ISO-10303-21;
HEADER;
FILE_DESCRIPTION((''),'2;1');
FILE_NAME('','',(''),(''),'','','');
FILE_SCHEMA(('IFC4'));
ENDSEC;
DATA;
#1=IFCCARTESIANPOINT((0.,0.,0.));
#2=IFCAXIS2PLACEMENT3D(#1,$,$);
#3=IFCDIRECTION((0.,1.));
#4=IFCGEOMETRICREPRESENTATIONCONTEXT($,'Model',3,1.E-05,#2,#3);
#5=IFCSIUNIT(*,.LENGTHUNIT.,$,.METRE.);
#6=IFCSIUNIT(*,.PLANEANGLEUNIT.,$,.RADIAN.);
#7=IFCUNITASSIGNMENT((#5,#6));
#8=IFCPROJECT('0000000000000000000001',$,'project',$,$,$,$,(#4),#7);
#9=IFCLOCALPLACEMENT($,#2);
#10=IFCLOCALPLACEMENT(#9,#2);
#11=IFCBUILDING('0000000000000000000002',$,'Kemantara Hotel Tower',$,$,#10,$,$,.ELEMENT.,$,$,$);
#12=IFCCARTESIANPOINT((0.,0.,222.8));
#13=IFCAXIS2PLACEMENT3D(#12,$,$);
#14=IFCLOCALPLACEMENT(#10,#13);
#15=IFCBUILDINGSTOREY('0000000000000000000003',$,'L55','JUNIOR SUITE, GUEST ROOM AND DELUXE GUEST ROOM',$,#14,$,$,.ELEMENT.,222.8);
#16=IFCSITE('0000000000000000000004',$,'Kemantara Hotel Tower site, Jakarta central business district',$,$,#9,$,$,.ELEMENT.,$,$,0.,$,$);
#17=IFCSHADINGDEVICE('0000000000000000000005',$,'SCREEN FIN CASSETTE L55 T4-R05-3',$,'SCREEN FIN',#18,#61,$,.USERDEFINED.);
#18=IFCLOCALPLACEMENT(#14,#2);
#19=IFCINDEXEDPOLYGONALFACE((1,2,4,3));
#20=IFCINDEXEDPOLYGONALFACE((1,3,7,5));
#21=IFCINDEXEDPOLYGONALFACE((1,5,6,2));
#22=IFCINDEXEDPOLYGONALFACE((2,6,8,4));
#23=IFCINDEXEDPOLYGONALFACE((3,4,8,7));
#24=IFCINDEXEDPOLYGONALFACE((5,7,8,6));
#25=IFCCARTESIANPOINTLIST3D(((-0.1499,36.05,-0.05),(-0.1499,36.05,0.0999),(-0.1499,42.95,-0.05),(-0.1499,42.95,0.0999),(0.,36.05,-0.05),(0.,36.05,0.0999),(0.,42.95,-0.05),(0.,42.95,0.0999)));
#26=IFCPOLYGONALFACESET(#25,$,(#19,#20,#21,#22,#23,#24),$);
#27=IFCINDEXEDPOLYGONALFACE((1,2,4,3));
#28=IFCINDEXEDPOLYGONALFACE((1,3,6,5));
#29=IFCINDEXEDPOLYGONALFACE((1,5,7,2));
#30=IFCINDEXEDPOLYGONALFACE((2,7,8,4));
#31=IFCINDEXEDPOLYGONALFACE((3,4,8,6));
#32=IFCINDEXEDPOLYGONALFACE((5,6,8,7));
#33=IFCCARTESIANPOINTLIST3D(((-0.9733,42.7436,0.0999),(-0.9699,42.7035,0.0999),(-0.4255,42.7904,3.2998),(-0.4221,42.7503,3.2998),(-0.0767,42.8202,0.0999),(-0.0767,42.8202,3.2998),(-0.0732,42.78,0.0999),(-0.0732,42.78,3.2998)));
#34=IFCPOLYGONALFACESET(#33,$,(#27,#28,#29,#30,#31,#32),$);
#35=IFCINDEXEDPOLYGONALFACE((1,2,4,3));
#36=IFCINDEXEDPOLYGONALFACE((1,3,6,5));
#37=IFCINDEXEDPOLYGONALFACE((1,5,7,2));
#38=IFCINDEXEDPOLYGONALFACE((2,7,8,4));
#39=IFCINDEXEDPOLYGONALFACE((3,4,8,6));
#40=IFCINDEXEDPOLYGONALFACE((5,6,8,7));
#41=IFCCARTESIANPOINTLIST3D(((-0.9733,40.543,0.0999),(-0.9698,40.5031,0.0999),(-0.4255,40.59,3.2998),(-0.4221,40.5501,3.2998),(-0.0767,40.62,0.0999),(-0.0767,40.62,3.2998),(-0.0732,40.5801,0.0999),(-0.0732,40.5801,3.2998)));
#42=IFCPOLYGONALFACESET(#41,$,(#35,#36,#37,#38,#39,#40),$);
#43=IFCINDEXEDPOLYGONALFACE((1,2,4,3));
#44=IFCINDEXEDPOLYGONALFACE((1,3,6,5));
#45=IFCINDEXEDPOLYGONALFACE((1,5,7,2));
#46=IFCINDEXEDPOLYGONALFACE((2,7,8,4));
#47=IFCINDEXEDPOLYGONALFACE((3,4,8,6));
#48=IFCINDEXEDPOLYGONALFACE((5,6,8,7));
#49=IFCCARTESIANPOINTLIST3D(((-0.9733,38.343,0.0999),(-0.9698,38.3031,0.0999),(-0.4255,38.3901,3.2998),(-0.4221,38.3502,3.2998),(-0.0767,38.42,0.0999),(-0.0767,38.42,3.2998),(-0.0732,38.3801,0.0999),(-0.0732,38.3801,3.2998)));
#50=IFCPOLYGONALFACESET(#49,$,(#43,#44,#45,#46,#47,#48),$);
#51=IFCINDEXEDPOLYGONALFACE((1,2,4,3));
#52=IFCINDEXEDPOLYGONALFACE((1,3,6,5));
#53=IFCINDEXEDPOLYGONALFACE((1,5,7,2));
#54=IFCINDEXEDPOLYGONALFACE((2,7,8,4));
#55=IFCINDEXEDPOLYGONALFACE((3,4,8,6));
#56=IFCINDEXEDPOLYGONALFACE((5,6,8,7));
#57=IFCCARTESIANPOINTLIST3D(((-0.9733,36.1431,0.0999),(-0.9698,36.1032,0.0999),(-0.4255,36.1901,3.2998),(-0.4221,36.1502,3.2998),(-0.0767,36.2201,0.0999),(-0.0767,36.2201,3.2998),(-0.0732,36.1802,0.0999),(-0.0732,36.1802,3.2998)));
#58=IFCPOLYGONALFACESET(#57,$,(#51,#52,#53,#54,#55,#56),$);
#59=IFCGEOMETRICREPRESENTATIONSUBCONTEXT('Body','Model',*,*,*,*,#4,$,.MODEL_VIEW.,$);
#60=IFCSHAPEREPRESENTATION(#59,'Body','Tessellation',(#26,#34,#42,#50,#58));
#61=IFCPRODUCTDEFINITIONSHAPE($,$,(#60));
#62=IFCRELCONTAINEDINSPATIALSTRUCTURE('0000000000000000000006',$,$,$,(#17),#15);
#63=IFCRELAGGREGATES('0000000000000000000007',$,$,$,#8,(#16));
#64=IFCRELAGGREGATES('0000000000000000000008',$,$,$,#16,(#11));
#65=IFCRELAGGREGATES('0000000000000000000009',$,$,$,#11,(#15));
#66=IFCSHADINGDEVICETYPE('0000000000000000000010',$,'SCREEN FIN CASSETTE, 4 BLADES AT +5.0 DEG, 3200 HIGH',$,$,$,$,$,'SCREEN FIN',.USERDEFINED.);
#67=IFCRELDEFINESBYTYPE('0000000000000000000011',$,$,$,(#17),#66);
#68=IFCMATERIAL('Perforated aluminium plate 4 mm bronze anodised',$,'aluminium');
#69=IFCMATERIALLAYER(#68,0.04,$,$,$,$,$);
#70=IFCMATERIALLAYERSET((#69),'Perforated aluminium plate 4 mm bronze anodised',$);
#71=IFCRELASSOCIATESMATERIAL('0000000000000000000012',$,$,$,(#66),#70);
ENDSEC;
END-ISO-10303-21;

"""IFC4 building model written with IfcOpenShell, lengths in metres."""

from ifc_helpers import new_model, si_unit, direction, frame, origin, origin_2d, place, context, subcontext, project, spatial, polyline, rectangle, outline, extrude, source, transform, mapped, material, layer, layer_set, type_object, element, save


model = new_model("IFC4")

# Units and contexts
model_context = context("Model", 3, precision=1e-05, world=origin(), true_north=direction((0.0, 1.0)))
body_context = subcontext(model_context, "Body", "Model", "MODEL_VIEW")
ifc_project = project(units=[si_unit("LENGTHUNIT", "METRE"), si_unit("PLANEANGLEUNIT", "RADIAN")], contexts=[model_context])

# Site, building, storey
site_placement = place(None, origin())
site = spatial("IfcSite", under=ifc_project, at=site_placement, Name="Kemantara Hotel Tower site, Jakarta central business district", CompositionType="ELEMENT", RefElevation=0.0)
building_placement = place(site_placement, origin())
building = spatial("IfcBuilding", under=site, at=building_placement, Name="Kemantara Hotel Tower", CompositionType="ELEMENT")
storey_placement = place(building_placement, frame((0.0, 0.0, 222.8)))
storey = spatial("IfcBuildingStorey", under=building, at=storey_placement, Name="L55", Description="JUNIOR SUITE, GUEST ROOM AND DELUXE GUEST ROOM", CompositionType="ELEMENT", Elevation=222.8)

# Shading device
ifc_material_1 = material(Name="Perforated aluminium plate 4 mm bronze anodised", Category="aluminium")
ifc_layer_1 = layer(ifc_material_1, 0.04)
ifc_layer_set_1 = layer_set([ifc_layer_1], Name="Perforated aluminium plate 4 mm bronze anodised")
shading_device_type = type_object("IfcShadingDeviceType", Name="SCREEN FIN CASSETTE, 4 BLADES AT +5.0 DEG, 3200 HIGH", ElementType="SCREEN FIN", PredefinedType="USERDEFINED", material=ifc_layer_set_1)
shared_shape = source(origin(), body_context, "Body", "SweptSolid", [
    extrude(rectangle(XDim=6.8999, YDim=0.1499, at=origin_2d()), frame((3.3, -0.075, -0.1499), z_axis=(0.0, 0.0, 1.0), x_axis=(1.0, 0.0, 0.0)), (0.0, 0.0, 1.0), 0.1499),
    extrude(outline(polyline([(0.0, 0.0), (0.8999, 0.0), (0.3501, 3.2), (0.0, 3.2), (0.0, 0.0)])), frame((0.02, -0.0732, 0.0), z_axis=(-0.996376, -0.085056, 0.0), x_axis=(0.085056, -0.996376, 0.0)), (0.0, 0.0, 1.0), 0.0403),
    extrude(outline(polyline([(0.0, 0.0), (0.8999, 0.0), (0.3501, 3.2), (0.0, 3.2), (0.0, 0.0)])), frame((2.22, -0.0732, 0.0), z_axis=(-0.996332, -0.085575, 0.0), x_axis=(0.085575, -0.996332, 0.0)), (0.0, 0.0, 1.0), 0.04),
    extrude(outline(polyline([(0.0, 0.0), (0.8999, 0.0), (0.3501, 3.2), (0.0, 3.2), (0.0, 0.0)])), frame((4.4199, -0.0732, 0.0), z_axis=(-0.996332, -0.085575, 0.0), x_axis=(0.085575, -0.996332, 0.0)), (0.0, 0.0, 1.0), 0.04),
    extrude(outline(polyline([(0.0, 0.0), (0.8999, 0.0), (0.3501, 3.2), (0.0, 3.2), (0.0, 0.0)])), frame((6.6199, -0.0732, 0.0), z_axis=(-0.996332, -0.085575, 0.0), x_axis=(0.085575, -0.996332, 0.0)), (0.0, 0.0, 1.0), 0.04),
])
shading_device_placement = place(storey_placement, frame((0.0, 42.8, 0.0999), z_axis=(0.0, 0.0, 1.0), x_axis=(0.0, -1.0, 0.0)))
element("IfcShadingDevice", 1, at=shading_device_placement, inside=storey, type_object=shading_device_type, Name="SCREEN FIN CASSETTE L55 T4-R05-3", ObjectType="SCREEN FIN", PredefinedType="USERDEFINED", context=body_context, shape_type="MappedRepresentation", body=[
    mapped(shared_shape, transform((0.0, 0.0, 0.0))),
])

save(model, "model.ifc")
